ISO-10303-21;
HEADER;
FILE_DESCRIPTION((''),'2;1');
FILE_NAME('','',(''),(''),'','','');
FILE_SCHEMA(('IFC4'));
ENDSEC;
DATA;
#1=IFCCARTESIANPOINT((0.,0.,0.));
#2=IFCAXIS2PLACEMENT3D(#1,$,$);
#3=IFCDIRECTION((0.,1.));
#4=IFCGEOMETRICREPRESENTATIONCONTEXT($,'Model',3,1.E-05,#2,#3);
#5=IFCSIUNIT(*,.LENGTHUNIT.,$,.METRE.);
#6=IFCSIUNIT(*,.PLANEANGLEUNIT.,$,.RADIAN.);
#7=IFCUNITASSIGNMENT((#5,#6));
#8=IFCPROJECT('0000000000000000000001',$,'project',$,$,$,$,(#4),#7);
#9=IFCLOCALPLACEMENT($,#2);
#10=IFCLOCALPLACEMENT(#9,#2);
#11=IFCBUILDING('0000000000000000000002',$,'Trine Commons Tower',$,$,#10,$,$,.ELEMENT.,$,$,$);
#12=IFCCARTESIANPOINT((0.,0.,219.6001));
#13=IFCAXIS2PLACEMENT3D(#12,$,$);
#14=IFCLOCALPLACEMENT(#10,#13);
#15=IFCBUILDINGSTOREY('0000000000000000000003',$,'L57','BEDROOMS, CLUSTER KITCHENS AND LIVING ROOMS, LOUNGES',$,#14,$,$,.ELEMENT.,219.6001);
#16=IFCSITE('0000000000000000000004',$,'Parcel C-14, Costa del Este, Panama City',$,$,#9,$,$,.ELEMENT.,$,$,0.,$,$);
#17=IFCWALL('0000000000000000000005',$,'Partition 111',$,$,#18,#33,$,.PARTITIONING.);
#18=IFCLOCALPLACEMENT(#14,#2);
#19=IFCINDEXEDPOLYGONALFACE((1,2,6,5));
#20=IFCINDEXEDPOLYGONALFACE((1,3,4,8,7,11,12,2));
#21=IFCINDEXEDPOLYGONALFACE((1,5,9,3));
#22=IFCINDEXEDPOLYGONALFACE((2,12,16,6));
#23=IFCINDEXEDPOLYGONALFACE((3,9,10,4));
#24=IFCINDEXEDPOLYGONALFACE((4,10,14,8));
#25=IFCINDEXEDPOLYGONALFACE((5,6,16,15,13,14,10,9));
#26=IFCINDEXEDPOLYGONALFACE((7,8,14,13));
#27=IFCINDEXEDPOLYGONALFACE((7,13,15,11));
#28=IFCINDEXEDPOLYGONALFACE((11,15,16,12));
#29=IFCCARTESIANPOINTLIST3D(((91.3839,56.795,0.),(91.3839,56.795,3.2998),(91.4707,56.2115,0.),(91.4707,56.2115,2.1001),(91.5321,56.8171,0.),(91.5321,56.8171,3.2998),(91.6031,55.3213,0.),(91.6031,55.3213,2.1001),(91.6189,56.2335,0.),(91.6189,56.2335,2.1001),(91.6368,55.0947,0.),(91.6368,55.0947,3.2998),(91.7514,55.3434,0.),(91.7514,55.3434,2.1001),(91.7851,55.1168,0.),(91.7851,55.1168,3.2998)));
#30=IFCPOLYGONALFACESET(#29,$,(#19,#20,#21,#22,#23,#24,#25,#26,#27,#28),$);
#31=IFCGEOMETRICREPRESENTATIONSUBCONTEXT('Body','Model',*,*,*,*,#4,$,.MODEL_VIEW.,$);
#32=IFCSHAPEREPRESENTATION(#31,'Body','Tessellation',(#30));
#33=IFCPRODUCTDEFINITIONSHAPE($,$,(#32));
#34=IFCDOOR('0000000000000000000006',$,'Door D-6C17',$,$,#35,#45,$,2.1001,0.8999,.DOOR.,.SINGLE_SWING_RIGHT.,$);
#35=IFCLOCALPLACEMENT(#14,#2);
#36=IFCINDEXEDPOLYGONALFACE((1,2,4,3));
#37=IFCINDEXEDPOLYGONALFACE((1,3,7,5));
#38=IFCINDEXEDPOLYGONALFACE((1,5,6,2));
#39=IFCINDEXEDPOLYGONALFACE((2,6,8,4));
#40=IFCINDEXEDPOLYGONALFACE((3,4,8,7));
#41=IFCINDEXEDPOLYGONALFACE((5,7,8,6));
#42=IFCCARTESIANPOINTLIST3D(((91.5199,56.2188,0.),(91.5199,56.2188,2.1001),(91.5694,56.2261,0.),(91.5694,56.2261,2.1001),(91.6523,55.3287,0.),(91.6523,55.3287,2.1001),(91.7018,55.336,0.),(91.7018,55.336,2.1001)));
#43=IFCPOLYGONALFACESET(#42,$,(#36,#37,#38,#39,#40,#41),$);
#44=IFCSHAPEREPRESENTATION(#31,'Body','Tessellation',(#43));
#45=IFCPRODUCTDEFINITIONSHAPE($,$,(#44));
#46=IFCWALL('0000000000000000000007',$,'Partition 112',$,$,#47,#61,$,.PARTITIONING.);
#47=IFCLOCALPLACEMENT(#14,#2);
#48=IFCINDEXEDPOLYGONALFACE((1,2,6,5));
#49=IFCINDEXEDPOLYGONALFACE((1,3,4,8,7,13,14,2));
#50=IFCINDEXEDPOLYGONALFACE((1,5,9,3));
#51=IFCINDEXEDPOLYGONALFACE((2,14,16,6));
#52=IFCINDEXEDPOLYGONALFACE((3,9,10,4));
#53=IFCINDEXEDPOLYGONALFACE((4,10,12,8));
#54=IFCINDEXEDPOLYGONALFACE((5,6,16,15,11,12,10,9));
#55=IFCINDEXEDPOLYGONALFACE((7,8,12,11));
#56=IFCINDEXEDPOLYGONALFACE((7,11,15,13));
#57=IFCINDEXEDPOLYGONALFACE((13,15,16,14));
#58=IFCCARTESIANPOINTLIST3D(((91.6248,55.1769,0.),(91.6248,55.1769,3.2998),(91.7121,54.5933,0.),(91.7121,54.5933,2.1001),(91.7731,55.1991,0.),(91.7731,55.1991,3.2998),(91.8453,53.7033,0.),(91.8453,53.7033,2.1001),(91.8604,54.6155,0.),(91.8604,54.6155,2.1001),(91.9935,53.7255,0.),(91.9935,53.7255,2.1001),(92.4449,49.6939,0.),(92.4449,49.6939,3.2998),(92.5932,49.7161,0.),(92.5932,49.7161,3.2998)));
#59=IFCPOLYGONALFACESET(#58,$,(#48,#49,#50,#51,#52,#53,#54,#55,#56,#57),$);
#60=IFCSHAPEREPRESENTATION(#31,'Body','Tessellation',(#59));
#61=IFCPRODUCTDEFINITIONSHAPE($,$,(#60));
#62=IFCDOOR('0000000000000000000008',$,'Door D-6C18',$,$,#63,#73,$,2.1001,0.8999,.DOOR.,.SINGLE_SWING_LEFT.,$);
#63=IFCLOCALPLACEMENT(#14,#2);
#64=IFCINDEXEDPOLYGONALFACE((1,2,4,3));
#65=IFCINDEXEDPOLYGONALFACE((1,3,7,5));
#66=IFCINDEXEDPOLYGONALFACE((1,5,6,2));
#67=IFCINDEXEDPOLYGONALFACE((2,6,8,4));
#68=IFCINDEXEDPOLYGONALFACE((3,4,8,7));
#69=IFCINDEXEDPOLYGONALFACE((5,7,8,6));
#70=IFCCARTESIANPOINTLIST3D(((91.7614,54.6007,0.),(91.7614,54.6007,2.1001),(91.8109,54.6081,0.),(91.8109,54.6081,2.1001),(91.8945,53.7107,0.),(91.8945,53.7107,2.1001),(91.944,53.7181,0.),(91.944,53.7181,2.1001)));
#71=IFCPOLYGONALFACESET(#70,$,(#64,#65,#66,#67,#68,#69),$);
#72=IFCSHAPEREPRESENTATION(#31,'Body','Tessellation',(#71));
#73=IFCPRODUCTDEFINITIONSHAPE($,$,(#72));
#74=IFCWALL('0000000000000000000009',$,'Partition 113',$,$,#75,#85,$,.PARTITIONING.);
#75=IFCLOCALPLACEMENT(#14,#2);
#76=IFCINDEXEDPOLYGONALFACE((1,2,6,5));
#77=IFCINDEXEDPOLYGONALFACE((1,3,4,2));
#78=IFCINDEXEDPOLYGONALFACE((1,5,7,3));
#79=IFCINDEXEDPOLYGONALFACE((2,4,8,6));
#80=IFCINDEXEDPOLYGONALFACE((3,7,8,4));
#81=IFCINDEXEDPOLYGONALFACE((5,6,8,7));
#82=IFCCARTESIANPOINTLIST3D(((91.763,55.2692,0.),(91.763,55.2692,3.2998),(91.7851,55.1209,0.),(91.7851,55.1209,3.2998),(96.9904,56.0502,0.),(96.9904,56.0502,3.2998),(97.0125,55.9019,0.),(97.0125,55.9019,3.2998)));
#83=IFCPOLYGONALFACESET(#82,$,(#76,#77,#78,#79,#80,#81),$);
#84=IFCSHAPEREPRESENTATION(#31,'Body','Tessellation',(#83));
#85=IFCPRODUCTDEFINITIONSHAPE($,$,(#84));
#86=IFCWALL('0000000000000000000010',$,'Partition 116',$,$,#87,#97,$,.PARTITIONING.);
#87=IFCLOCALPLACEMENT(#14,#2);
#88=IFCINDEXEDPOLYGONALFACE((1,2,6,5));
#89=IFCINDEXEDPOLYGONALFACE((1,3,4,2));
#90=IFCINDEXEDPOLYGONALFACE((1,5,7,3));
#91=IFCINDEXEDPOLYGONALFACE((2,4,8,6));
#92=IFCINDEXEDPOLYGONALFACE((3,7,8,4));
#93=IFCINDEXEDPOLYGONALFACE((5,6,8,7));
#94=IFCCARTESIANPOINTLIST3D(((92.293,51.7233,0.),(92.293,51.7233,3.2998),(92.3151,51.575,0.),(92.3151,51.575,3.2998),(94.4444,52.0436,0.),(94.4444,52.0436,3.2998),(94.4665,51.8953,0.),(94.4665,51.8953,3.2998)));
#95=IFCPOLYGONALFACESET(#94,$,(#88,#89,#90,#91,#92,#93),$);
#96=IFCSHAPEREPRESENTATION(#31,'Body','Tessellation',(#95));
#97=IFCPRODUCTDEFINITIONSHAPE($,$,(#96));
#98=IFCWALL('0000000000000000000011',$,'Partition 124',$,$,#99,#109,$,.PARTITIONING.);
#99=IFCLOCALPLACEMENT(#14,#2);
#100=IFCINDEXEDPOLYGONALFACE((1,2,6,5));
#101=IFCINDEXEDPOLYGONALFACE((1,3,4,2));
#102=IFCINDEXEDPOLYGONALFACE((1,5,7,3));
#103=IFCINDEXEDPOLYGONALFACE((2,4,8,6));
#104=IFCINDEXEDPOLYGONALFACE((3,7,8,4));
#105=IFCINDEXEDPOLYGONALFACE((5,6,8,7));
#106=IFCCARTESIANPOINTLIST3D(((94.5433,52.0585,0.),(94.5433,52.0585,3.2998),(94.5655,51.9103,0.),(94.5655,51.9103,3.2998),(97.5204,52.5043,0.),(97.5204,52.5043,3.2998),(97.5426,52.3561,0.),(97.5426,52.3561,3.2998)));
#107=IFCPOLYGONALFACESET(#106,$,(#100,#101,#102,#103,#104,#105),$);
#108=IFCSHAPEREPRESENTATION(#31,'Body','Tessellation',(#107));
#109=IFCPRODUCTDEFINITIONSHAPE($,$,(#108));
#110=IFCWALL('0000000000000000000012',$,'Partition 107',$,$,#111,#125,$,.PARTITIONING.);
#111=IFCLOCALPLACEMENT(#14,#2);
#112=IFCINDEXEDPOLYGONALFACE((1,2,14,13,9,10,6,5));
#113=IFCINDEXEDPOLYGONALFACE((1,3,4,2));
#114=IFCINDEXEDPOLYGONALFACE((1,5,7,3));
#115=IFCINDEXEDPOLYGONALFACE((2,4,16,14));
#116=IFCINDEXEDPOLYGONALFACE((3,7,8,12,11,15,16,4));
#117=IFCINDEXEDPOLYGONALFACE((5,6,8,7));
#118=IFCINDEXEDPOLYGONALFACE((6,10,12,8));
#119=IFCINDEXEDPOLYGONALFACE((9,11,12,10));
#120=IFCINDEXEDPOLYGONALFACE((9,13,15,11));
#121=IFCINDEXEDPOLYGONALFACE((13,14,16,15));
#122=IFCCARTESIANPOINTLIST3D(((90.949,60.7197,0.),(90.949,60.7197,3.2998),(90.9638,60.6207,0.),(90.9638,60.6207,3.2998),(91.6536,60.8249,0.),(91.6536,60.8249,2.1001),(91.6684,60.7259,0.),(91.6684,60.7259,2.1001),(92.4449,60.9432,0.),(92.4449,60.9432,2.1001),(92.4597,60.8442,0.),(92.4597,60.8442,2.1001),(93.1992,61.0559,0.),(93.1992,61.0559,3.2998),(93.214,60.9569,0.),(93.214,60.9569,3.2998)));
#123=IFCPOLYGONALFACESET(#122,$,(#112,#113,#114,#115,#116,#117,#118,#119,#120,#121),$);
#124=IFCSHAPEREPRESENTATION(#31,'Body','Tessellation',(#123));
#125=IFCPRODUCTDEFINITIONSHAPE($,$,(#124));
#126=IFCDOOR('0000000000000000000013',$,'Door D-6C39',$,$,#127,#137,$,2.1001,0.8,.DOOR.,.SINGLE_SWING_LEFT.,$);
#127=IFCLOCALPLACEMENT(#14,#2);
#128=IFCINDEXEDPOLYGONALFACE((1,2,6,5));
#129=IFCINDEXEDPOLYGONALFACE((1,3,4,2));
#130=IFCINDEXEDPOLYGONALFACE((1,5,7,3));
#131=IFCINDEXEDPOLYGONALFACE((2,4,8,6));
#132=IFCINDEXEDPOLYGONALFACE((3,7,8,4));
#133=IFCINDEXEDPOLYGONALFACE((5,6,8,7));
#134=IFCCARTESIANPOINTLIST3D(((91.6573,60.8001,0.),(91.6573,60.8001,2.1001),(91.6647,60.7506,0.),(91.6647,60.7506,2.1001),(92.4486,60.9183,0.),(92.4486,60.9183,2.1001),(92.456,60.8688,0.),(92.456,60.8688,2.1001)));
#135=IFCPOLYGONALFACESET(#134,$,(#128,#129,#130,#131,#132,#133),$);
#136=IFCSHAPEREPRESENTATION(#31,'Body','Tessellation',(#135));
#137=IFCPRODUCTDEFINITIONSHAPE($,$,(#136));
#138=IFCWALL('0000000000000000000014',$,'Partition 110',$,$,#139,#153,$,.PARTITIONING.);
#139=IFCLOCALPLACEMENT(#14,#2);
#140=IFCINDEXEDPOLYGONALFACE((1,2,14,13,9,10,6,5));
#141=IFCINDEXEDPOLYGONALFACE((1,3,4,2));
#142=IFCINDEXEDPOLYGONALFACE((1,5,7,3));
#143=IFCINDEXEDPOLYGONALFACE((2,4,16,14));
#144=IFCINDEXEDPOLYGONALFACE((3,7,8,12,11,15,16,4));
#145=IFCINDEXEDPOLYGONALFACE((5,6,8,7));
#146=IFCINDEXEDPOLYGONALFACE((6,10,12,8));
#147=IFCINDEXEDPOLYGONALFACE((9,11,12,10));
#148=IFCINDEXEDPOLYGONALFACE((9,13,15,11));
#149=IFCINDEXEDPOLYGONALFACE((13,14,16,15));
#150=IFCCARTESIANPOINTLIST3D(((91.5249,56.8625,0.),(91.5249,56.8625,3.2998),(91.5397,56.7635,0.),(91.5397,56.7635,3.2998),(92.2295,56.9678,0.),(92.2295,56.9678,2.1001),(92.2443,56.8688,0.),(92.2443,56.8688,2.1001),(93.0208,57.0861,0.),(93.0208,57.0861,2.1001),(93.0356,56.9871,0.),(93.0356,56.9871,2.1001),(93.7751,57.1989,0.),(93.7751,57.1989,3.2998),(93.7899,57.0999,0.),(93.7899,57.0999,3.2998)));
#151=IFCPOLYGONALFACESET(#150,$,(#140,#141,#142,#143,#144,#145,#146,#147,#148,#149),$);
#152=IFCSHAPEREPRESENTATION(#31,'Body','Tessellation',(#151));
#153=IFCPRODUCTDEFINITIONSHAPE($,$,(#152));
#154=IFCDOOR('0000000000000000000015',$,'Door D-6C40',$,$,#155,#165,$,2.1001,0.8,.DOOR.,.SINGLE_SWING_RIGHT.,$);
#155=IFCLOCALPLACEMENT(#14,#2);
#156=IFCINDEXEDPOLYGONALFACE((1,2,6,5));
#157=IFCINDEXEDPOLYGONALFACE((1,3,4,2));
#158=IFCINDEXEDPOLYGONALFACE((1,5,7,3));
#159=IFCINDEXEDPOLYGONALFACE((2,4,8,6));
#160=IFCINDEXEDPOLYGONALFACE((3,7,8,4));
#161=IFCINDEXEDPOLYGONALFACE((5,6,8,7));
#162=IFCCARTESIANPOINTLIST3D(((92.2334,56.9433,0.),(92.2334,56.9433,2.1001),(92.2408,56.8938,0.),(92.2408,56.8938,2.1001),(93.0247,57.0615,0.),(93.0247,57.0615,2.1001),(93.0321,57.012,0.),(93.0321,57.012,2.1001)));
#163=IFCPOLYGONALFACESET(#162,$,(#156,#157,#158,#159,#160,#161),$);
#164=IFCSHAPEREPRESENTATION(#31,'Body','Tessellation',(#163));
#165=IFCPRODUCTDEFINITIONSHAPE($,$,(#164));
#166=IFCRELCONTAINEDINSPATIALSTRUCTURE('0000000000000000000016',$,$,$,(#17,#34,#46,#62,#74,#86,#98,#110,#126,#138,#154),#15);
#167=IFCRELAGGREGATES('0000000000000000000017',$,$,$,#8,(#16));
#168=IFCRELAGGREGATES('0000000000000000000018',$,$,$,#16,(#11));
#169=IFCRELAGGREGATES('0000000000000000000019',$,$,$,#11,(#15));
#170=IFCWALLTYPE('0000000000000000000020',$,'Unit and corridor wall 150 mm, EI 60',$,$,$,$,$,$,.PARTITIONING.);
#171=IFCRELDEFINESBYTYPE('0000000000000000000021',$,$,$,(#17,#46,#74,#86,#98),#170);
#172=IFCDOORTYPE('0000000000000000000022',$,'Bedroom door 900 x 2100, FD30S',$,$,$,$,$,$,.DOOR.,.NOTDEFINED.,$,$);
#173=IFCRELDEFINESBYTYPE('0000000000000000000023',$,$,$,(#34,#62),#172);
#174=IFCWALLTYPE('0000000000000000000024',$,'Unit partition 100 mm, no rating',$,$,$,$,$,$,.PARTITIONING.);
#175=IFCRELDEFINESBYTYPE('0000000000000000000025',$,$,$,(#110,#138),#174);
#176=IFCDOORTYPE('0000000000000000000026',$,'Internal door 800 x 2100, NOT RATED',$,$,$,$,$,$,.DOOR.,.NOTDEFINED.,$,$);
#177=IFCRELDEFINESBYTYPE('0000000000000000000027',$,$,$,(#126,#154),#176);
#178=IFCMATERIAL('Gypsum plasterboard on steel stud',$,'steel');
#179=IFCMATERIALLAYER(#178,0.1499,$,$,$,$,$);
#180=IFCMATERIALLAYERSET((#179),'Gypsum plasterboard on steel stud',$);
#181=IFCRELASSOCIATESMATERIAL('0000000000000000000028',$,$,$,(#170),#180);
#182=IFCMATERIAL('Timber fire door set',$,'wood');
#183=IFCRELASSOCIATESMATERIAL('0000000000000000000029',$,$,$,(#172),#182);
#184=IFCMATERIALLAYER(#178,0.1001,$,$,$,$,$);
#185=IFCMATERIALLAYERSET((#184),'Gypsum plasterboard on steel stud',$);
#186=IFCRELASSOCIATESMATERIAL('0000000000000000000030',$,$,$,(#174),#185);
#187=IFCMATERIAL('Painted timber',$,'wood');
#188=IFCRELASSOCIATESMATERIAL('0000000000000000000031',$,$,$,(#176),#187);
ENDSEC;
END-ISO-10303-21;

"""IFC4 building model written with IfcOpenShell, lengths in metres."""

from ifc_helpers import new_model, si_unit, direction, frame, frame_2d, origin, place, context, subcontext, project, spatial, rectangle, extrude, material, layer, layer_set, type_object, element, fill, save


model = new_model("IFC4")

# Units and contexts
model_context = context("Model", 3, precision=1e-05, world=origin(), true_north=direction((0.0, 1.0)))
body_context = subcontext(model_context, "Body", "Model", "MODEL_VIEW")
ifc_project = project(units=[si_unit("LENGTHUNIT", "METRE"), si_unit("PLANEANGLEUNIT", "RADIAN")], contexts=[model_context])

# Site, building, storey
site_placement = place(None, origin())
site = spatial("IfcSite", under=ifc_project, at=site_placement, Name="Parcel C-14, Costa del Este, Panama City", CompositionType="ELEMENT", RefElevation=0.0)
building_placement = place(site_placement, origin())
building = spatial("IfcBuilding", under=site, at=building_placement, Name="Trine Commons Tower", CompositionType="ELEMENT")
storey_placement = place(building_placement, frame((0.0, 0.0, 219.6001)))
storey = spatial("IfcBuildingStorey", under=building, at=storey_placement, Name="L57", Description="BEDROOMS, CLUSTER KITCHENS AND LIVING ROOMS, LOUNGES", CompositionType="ELEMENT", Elevation=219.6001)

# Shared definitions
ifc_material_1 = material(Name="Gypsum plasterboard on steel stud", Category="steel")
ifc_layer_1 = layer(ifc_material_1, 0.1499)
ifc_layer_set_1 = layer_set([ifc_layer_1], Name="Gypsum plasterboard on steel stud")
wall_type_1 = type_object("IfcWallType", Name="Unit and corridor wall 150 mm, EI 60", PredefinedType="PARTITIONING", material=ifc_layer_set_1)

# Walls, openings, doors
wall_1_placement = place(storey_placement, frame((91.458, 56.8059, 0.0), z_axis=(0.0, 0.0, 1.0), x_axis=(0.147146, -0.989115, 0.0)))
wall_1 = element("IfcWall", 1, at=wall_1_placement, inside=storey, type_object=wall_type_1, Name="Partition 111", PredefinedType="PARTITIONING", context=body_context, shape_type="SweptSolid", body=[
    extrude(rectangle(XDim=1.719, YDim=0.1499, at=frame_2d((0.8594, 0.0))), origin(), (0.0, 0.0, 1.0), 3.2998),
])
opening_1_placement = place(wall_1_placement, frame((0.5898, 0.0, 0.0)))
opening_1 = element("IfcOpeningElement", 2, at=opening_1_placement, cuts=wall_1, PredefinedType="OPENING", context=body_context, shape_type="SweptSolid", body=[
    extrude(rectangle(XDim=0.8999, YDim=2.1001, at=frame_2d((0.45, 1.05))), frame((0.0, 0.085, 0.0), z_axis=(0.0, -1.0, 0.0), x_axis=(1.0, 0.0, 0.0)), (0.0, 0.0, 1.0), 0.1699),
])
ifc_material_2 = material(Name="Timber fire door set", Category="wood")
door_type_1 = type_object("IfcDoorType", Name="Bedroom door 900 x 2100, FD30S", OperationType="NOTDEFINED", PredefinedType="DOOR", material=ifc_material_2)
door_1_placement = place(opening_1_placement, origin())
door_1 = element("IfcDoor", 3, at=door_1_placement, inside=storey, type_object=door_type_1, Name="Door D-6C17", OperationType="SINGLE_SWING_RIGHT", OverallHeight=2.1001, OverallWidth=0.8999, PredefinedType="DOOR", context=body_context, shape_type="SweptSolid", body=[
    extrude(rectangle(XDim=0.8999, YDim=2.1001, at=frame_2d((0.45, 1.05))), frame((0.0, 0.0249, 0.0), z_axis=(0.0, -1.0, 0.0), x_axis=(1.0, 0.0, 0.0)), (0.0, 0.0, 1.0), 0.05),
])
fill(opening_1, door_1)
wall_2_placement = place(storey_placement, frame((91.699, 55.188, 0.0), z_axis=(0.0, 0.0, 1.0), x_axis=(0.147923, -0.988999, 0.0)))
wall_2 = element("IfcWall", 4, at=wall_2_placement, inside=storey, type_object=wall_type_1, Name="Partition 112", PredefinedType="PARTITIONING", context=body_context, shape_type="SweptSolid", body=[
    extrude(rectangle(XDim=5.5439, YDim=0.1499, at=frame_2d((2.772, 0.0))), origin(), (0.0, 0.0, 1.0), 3.2998),
])
opening_2_placement = place(wall_2_placement, frame((0.5901, 0.0, 0.0)))
opening_2 = element("IfcOpeningElement", 5, at=opening_2_placement, cuts=wall_2, PredefinedType="OPENING", context=body_context, shape_type="SweptSolid", body=[
    extrude(rectangle(XDim=0.8999, YDim=2.1001, at=frame_2d((0.45, 1.05))), frame((0.0, 0.085, 0.0), z_axis=(0.0, -1.0, 0.0), x_axis=(1.0, 0.0, 0.0)), (0.0, 0.0, 1.0), 0.1699),
])
door_2_placement = place(opening_2_placement, origin())
door_2 = element("IfcDoor", 6, at=door_2_placement, inside=storey, type_object=door_type_1, Name="Door D-6C18", OperationType="SINGLE_SWING_LEFT", OverallHeight=2.1001, OverallWidth=0.8999, PredefinedType="DOOR", context=body_context, shape_type="SweptSolid", body=[
    extrude(rectangle(XDim=0.8999, YDim=2.1001, at=frame_2d((0.45, 1.05))), frame((0.0, 0.0249, 0.0), z_axis=(0.0, -1.0, 0.0), x_axis=(1.0, 0.0, 0.0)), (0.0, 0.0, 1.0), 0.05),
])
fill(opening_2, door_2)

# Walls
wall_3_placement = place(storey_placement, frame((91.7742, 55.1951, 0.0), z_axis=(0.0, 0.0, 1.0), x_axis=(0.989022, 0.147769, 0.0)))
element("IfcWall", 7, at=wall_3_placement, inside=storey, type_object=wall_type_1, Name="Partition 113", PredefinedType="PARTITIONING", context=body_context, shape_type="SweptSolid", body=[
    extrude(rectangle(XDim=5.2854, YDim=0.1499, at=frame_2d((2.6426, 0.0))), origin(), (0.0, 0.0, 1.0), 3.2998),
])
wall_4_placement = place(storey_placement, frame((92.3042, 51.6492, 0.0), z_axis=(0.0, 0.0, 1.0), x_axis=(0.989097, 0.147265, 0.0)))
element("IfcWall", 8, at=wall_4_placement, inside=storey, type_object=wall_type_1, Name="Partition 116", PredefinedType="PARTITIONING", context=body_context, shape_type="SweptSolid", body=[
    extrude(rectangle(XDim=2.175, YDim=0.1499, at=frame_2d((1.0874, 0.0))), origin(), (0.0, 0.0, 1.0), 3.2998),
])
wall_5_placement = place(storey_placement, frame((94.5544, 51.9844, 0.0), z_axis=(0.0, 0.0, 1.0), x_axis=(0.988973, 0.148095, 0.0)))
element("IfcWall", 9, at=wall_5_placement, inside=storey, type_object=wall_type_1, Name="Partition 124", PredefinedType="PARTITIONING", context=body_context, shape_type="SweptSolid", body=[
    extrude(rectangle(XDim=3.0103, YDim=0.1499, at=frame_2d((1.5051, 0.0))), origin(), (0.0, 0.0, 1.0), 3.2998),
])

# Walls, openings, doors
ifc_layer_2 = layer(ifc_material_1, 0.1001)
ifc_layer_set_2 = layer_set([ifc_layer_2], Name="Gypsum plasterboard on steel stud")
wall_type_2 = type_object("IfcWallType", Name="Unit partition 100 mm, no rating", PredefinedType="PARTITIONING", material=ifc_layer_set_2)
wall_6_placement = place(storey_placement, frame((90.9563, 60.6702, 0.0), z_axis=(0.0, 0.0, 1.0), x_axis=(0.989024, 0.147758, 0.0)))
wall_6 = element("IfcWall", 10, at=wall_6_placement, inside=storey, type_object=wall_type_2, Name="Partition 107", PredefinedType="PARTITIONING", context=body_context, shape_type="SweptSolid", body=[
    extrude(rectangle(XDim=2.2751, YDim=0.1001, at=frame_2d((1.1377, 0.0))), origin(), (0.0, 0.0, 1.0), 3.2998),
])
opening_3_placement = place(wall_6_placement, frame((0.7126, 0.0, 0.0)))
opening_3 = element("IfcOpeningElement", 11, at=opening_3_placement, cuts=wall_6, PredefinedType="OPENING", context=body_context, shape_type="SweptSolid", body=[
    extrude(rectangle(XDim=0.8, YDim=2.1001, at=frame_2d((0.3999, 1.05))), frame((0.0, 0.0601, 0.0), z_axis=(0.0, -1.0, 0.0), x_axis=(1.0, 0.0, 0.0)), (0.0, 0.0, 1.0), 0.1201),
])
ifc_material_3 = material(Name="Painted timber", Category="wood")
door_type_2 = type_object("IfcDoorType", Name="Internal door 800 x 2100, NOT RATED", OperationType="NOTDEFINED", PredefinedType="DOOR", material=ifc_material_3)
door_3_placement = place(opening_3_placement, origin())
door_3 = element("IfcDoor", 12, at=door_3_placement, inside=storey, type_object=door_type_2, Name="Door D-6C39", OperationType="SINGLE_SWING_LEFT", OverallHeight=2.1001, OverallWidth=0.8, PredefinedType="DOOR", context=body_context, shape_type="SweptSolid", body=[
    extrude(rectangle(XDim=0.8, YDim=2.1001, at=frame_2d((0.3999, 1.05))), frame((0.0, 0.0249, 0.0), z_axis=(0.0, -1.0, 0.0), x_axis=(1.0, 0.0, 0.0)), (0.0, 0.0, 1.0), 0.05),
])
fill(opening_3, door_3)
wall_7_placement = place(storey_placement, frame((91.5322, 56.813, 0.0), z_axis=(0.0, 0.0, 1.0), x_axis=(0.989008, 0.147863, 0.0)))
wall_7 = element("IfcWall", 13, at=wall_7_placement, inside=storey, type_object=wall_type_2, Name="Partition 110", PredefinedType="PARTITIONING", context=body_context, shape_type="SweptSolid", body=[
    extrude(rectangle(XDim=2.2751, YDim=0.1001, at=frame_2d((1.1377, 0.0))), origin(), (0.0, 0.0, 1.0), 3.2998),
])
opening_4_placement = place(wall_7_placement, frame((0.7126, 0.0, 0.0)))
opening_4 = element("IfcOpeningElement", 14, at=opening_4_placement, cuts=wall_7, PredefinedType="OPENING", context=body_context, shape_type="SweptSolid", body=[
    extrude(rectangle(XDim=0.8, YDim=2.1001, at=frame_2d((0.3999, 1.05))), frame((0.0, 0.0601, 0.0), z_axis=(0.0, -1.0, 0.0), x_axis=(1.0, 0.0, 0.0)), (0.0, 0.0, 1.0), 0.1201),
])
door_4_placement = place(opening_4_placement, frame((0.8, 0.0, 0.0), z_axis=(0.0, 0.0, 1.0), x_axis=(-1.0, 0.0, 0.0)))
door_4 = element("IfcDoor", 15, at=door_4_placement, inside=storey, type_object=door_type_2, Name="Door D-6C40", OperationType="SINGLE_SWING_RIGHT", OverallHeight=2.1001, OverallWidth=0.8, PredefinedType="DOOR", context=body_context, shape_type="SweptSolid", body=[
    extrude(rectangle(XDim=0.8, YDim=2.1001, at=frame_2d((0.3999, 1.05))), frame((0.0, 0.0249, 0.0), z_axis=(0.0, -1.0, 0.0), x_axis=(1.0, 0.0, 0.0)), (0.0, 0.0, 1.0), 0.05),
])
fill(opening_4, door_4)

save(model, "model.ifc")
